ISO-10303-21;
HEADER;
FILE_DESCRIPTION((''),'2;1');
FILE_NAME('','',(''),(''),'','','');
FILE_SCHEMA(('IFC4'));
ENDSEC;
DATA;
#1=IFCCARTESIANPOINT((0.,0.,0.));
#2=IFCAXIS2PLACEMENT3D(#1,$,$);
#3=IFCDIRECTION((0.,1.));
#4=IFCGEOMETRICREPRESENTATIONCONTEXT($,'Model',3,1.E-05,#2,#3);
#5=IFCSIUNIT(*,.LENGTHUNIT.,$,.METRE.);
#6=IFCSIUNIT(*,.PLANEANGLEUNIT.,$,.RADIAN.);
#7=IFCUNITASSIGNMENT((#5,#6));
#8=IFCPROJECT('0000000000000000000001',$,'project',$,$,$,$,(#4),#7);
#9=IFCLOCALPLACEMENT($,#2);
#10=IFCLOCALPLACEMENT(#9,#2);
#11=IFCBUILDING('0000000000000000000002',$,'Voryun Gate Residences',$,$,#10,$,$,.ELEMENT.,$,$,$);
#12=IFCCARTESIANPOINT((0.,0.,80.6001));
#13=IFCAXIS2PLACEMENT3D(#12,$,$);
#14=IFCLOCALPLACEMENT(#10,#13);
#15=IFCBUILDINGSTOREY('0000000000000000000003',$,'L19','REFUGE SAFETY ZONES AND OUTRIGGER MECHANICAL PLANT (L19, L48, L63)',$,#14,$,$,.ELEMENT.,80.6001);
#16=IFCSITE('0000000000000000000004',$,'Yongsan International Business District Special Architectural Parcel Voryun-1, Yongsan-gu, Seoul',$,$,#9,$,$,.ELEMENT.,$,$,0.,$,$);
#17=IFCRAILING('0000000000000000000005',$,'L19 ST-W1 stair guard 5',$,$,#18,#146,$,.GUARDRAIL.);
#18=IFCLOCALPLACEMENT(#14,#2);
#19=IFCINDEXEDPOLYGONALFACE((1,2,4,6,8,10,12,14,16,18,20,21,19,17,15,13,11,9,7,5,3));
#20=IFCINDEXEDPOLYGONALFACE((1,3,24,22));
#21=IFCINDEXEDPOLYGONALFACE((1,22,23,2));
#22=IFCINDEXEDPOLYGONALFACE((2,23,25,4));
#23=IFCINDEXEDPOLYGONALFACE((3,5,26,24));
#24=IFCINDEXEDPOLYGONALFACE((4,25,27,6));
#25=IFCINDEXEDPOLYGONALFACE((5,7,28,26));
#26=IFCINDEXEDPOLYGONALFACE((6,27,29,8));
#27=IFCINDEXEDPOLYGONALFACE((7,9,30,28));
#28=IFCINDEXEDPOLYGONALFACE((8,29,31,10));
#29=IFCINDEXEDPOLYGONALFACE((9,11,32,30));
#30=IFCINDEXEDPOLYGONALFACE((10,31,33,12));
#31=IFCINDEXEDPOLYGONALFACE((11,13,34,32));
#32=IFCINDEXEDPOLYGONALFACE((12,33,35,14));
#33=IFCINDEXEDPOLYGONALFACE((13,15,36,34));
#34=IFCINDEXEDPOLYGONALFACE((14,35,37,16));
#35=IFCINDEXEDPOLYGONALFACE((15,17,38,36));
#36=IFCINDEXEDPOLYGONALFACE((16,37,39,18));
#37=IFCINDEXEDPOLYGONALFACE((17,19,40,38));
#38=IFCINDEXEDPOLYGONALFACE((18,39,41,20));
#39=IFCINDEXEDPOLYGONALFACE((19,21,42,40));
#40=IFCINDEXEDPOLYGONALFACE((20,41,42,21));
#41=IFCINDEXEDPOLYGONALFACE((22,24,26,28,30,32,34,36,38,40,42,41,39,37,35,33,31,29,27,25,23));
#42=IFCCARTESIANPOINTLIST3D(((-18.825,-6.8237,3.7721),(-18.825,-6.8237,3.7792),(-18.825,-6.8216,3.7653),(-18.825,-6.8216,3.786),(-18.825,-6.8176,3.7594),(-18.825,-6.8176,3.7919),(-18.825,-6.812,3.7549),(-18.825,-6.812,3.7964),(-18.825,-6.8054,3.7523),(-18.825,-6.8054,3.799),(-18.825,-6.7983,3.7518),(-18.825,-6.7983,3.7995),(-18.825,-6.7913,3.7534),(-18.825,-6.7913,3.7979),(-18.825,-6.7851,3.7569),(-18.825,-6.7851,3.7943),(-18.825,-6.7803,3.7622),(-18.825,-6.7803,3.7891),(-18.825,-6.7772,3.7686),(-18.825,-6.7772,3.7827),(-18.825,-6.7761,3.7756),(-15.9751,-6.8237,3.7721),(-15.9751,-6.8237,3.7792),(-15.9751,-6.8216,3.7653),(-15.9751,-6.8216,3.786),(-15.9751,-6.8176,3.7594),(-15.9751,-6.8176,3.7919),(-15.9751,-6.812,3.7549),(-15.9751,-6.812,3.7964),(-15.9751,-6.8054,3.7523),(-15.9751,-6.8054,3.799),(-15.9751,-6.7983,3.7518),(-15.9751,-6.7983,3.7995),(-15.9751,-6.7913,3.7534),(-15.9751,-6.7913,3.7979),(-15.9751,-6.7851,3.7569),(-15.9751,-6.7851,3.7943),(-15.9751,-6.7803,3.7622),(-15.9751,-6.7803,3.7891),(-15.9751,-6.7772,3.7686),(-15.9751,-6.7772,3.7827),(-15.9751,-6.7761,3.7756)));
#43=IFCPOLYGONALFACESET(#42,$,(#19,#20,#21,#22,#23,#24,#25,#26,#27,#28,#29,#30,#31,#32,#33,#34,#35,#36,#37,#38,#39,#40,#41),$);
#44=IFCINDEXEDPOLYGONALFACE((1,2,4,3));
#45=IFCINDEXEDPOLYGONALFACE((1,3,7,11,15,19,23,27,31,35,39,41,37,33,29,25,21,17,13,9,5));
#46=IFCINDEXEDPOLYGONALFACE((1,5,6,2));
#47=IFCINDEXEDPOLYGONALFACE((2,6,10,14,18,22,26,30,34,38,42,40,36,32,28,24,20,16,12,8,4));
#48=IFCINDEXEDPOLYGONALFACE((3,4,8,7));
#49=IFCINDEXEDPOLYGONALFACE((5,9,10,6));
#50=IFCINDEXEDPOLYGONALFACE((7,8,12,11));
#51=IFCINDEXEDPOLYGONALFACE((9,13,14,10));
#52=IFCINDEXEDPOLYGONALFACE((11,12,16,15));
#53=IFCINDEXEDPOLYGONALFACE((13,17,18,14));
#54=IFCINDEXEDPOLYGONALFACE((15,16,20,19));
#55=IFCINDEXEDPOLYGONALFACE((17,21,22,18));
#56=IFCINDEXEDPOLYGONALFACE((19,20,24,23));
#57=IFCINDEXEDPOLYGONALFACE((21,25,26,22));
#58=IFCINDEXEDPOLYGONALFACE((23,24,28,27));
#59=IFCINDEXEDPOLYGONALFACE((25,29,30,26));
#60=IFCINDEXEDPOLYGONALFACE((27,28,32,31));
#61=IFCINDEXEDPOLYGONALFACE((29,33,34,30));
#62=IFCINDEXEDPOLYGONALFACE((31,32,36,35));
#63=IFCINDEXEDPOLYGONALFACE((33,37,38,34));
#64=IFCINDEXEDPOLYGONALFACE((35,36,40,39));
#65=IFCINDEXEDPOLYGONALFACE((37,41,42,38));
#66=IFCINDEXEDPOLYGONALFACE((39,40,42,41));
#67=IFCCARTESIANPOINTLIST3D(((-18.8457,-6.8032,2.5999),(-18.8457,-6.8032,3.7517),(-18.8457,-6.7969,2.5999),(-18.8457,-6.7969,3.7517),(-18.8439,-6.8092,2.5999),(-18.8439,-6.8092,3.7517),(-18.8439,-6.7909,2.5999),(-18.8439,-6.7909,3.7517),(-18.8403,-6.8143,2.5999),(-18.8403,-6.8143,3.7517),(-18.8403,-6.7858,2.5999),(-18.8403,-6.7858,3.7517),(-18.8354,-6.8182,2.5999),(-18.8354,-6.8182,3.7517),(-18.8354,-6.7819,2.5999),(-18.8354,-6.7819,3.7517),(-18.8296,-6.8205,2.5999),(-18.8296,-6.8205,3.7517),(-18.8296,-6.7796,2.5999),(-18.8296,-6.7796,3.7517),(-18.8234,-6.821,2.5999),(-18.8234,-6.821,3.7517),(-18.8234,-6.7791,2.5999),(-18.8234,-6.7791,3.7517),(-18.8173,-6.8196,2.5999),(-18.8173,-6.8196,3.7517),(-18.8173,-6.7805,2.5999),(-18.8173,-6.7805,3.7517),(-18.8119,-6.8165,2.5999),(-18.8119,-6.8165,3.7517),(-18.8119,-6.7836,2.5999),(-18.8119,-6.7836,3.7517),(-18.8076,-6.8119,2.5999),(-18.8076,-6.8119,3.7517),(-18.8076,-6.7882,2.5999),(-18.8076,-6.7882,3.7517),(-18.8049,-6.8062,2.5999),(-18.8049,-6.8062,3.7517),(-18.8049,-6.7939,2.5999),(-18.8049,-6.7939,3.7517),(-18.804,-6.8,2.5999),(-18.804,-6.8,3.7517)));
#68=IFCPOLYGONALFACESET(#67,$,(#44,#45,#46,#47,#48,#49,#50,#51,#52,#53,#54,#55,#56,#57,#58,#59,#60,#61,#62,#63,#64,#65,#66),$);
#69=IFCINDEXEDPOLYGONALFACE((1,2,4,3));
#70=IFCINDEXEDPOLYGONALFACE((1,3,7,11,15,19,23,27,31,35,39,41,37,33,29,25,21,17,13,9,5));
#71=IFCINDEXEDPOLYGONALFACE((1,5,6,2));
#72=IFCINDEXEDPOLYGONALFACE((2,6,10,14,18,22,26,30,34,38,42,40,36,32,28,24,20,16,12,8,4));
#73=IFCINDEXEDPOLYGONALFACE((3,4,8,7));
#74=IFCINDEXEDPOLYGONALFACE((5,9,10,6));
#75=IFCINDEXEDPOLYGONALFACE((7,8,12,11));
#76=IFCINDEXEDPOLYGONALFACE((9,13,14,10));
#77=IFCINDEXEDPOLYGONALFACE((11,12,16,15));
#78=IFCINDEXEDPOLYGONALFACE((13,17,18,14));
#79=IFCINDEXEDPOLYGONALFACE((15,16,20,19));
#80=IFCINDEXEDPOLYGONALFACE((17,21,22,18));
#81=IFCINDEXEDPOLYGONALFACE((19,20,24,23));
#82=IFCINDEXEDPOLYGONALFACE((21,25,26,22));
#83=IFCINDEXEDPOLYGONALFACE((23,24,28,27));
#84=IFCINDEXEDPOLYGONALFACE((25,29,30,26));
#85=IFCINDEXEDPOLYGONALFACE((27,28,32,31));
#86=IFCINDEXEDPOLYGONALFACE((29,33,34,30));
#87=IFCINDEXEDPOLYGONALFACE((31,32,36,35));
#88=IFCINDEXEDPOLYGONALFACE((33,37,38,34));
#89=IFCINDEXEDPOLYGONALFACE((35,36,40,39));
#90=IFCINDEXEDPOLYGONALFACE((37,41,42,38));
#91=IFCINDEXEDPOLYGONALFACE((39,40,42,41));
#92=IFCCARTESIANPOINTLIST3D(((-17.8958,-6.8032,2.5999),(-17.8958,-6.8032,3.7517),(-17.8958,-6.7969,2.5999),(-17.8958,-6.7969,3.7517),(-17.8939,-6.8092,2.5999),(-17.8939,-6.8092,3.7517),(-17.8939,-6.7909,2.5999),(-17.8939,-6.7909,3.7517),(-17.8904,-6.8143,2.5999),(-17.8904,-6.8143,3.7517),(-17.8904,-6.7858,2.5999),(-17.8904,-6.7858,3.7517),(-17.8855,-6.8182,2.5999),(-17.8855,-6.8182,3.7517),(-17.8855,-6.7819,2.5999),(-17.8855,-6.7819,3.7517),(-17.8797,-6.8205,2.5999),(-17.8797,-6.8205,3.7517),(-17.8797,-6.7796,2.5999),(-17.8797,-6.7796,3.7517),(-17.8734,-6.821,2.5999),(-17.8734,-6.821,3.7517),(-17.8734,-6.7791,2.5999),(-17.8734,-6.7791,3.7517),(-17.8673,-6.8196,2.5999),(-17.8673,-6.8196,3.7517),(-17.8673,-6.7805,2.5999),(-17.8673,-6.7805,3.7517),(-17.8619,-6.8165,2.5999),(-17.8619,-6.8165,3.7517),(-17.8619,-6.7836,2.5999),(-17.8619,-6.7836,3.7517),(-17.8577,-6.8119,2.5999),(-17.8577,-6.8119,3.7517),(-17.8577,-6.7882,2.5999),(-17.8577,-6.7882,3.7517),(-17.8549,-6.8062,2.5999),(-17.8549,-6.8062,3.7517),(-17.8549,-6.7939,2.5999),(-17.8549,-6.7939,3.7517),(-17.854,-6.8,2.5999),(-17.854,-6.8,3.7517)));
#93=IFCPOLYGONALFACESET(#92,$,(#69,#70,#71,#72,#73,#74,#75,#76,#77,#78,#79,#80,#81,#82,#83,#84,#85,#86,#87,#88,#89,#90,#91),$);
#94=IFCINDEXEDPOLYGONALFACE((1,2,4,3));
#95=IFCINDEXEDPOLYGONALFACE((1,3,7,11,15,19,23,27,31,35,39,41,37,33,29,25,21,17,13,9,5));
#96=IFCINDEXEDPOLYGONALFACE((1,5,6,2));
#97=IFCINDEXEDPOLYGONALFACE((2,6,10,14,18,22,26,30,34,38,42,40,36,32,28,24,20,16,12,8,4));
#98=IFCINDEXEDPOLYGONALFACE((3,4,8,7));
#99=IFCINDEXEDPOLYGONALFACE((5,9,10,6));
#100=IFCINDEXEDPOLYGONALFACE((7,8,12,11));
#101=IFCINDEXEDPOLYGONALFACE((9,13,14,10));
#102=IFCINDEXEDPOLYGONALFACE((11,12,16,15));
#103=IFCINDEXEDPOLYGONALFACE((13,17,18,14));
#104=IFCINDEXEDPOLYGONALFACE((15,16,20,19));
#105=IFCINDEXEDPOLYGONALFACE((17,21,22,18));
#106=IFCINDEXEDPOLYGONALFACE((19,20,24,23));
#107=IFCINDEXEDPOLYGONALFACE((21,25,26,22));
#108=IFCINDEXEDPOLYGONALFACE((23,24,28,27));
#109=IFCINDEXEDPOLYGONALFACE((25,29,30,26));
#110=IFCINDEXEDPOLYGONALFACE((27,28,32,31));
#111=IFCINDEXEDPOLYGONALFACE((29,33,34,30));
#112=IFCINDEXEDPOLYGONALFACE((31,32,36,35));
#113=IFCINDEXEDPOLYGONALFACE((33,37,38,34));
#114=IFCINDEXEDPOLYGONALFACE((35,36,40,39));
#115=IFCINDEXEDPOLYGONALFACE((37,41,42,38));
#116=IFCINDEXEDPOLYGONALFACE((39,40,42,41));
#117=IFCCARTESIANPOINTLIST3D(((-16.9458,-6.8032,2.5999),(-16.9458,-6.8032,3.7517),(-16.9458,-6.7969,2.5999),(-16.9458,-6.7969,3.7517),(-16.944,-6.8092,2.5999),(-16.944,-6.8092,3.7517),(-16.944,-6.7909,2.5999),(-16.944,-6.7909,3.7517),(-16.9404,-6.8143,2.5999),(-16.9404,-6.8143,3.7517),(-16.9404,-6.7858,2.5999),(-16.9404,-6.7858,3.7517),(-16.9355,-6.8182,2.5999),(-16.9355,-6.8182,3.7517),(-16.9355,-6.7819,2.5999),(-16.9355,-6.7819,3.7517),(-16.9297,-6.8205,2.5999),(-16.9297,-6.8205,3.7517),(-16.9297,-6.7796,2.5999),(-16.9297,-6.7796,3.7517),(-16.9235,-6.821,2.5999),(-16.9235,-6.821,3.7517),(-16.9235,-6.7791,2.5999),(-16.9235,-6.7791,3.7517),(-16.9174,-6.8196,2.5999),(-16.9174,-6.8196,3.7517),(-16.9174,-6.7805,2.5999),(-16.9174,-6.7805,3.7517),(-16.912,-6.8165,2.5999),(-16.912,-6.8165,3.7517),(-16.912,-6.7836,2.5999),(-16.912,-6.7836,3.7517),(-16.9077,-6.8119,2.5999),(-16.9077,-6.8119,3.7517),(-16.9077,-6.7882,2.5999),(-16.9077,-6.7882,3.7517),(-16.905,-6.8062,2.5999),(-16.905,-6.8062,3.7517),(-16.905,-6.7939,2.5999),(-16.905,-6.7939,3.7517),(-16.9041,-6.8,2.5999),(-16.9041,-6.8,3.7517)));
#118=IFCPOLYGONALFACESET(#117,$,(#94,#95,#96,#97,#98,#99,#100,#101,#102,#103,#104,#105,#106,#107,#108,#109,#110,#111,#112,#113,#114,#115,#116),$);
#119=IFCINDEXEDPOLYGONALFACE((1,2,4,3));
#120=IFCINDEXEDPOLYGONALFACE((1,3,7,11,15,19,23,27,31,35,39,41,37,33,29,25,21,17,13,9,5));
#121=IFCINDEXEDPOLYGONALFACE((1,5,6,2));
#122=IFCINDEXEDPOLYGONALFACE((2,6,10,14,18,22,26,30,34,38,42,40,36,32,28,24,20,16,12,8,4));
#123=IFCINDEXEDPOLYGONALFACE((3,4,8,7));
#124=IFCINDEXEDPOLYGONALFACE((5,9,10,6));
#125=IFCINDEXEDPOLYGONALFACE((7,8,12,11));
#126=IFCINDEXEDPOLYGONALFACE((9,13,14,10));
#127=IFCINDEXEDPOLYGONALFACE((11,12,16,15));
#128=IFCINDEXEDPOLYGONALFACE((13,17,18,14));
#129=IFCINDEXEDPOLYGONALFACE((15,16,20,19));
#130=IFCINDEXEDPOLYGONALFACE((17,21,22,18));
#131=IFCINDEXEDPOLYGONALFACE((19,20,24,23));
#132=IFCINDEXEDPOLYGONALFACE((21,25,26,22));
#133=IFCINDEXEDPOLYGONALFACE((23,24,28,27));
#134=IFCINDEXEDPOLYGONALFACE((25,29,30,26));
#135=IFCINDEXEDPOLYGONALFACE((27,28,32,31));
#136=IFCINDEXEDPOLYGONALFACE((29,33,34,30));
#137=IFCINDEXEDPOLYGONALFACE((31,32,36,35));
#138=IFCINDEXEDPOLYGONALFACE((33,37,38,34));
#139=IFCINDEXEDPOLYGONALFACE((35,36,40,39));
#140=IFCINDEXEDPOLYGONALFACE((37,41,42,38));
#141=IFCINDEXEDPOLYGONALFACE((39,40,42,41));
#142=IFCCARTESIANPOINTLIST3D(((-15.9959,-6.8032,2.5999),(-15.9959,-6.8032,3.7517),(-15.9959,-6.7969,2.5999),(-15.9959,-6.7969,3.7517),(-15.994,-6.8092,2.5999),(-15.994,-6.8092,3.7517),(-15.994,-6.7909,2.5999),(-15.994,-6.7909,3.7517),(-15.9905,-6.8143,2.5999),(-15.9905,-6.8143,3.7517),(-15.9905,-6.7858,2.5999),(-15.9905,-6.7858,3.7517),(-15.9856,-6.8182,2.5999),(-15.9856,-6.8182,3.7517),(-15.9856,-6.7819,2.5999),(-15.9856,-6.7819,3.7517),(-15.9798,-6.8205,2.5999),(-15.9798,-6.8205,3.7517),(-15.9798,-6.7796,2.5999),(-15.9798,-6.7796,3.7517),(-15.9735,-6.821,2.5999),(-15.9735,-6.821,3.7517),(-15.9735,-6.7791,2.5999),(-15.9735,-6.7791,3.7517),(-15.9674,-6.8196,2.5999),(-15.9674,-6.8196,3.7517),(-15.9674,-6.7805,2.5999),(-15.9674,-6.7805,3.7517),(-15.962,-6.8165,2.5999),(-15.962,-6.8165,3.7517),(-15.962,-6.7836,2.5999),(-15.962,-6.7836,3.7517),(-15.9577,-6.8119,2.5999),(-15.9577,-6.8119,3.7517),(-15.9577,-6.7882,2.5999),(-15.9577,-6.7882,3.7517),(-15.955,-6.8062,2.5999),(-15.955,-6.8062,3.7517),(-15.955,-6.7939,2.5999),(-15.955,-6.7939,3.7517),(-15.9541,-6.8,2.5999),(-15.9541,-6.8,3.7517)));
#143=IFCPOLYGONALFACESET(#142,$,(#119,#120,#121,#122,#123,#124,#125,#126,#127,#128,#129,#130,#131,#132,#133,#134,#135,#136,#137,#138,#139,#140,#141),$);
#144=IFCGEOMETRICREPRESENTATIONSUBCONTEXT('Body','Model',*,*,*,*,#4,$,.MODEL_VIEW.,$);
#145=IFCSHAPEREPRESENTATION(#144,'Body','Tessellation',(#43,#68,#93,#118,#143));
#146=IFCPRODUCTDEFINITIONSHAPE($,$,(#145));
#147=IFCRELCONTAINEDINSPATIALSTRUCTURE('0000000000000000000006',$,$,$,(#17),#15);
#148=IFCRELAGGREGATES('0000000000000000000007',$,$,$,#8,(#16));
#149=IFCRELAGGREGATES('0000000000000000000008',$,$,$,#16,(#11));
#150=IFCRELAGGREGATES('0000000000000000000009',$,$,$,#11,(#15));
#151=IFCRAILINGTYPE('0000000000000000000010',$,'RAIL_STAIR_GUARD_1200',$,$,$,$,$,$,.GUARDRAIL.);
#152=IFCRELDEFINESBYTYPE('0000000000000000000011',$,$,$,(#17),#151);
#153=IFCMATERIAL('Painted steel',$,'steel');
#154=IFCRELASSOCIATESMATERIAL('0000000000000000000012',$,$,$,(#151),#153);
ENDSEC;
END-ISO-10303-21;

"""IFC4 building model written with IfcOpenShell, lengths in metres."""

from ifc_helpers import new_model, si_unit, direction, frame, origin, origin_2d, place, context, subcontext, project, spatial, circle, extrude, material, type_object, element, save


model = new_model("IFC4")

# Units and contexts
model_context = context("Model", 3, precision=1e-05, world=origin(), true_north=direction((0.0, 1.0)))
body_context = subcontext(model_context, "Body", "Model", "MODEL_VIEW")
ifc_project = project(units=[si_unit("LENGTHUNIT", "METRE"), si_unit("PLANEANGLEUNIT", "RADIAN")], contexts=[model_context])

# Site, building, storey
site_placement = place(None, origin())
site = spatial("IfcSite", under=ifc_project, at=site_placement, Name="Yongsan International Business District Special Architectural Parcel Voryun-1, Yongsan-gu, Seoul", CompositionType="ELEMENT", RefElevation=0.0)
building_placement = place(site_placement, origin())
building = spatial("IfcBuilding", under=site, at=building_placement, Name="Voryun Gate Residences", CompositionType="ELEMENT")
storey_placement = place(building_placement, frame((0.0, 0.0, 80.6001)))
storey = spatial("IfcBuildingStorey", under=building, at=storey_placement, Name="L19", Description="REFUGE SAFETY ZONES AND OUTRIGGER MECHANICAL PLANT (L19, L48, L63)", CompositionType="ELEMENT", Elevation=80.6001)

# Railing
ifc_material_1 = material(Name="Painted steel", Category="steel")
railing_type_1 = type_object("IfcRailingType", Name="RAIL_STAIR_GUARD_1200", PredefinedType="GUARDRAIL", material=ifc_material_1)
railing_1_placement = place(storey_placement, frame((-18.825, -6.8, 2.5999)))
element("IfcRailing", 1, at=railing_1_placement, inside=storey, type_object=railing_type_1, Name="L19 ST-W1 stair guard 5", PredefinedType="GUARDRAIL", context=body_context, shape_type="SweptSolid", body=[
    extrude(circle(Radius=0.0239, at=origin_2d()), frame((0.0, 0.0, 1.1758), z_axis=(1.0, 0.0, 0.0), x_axis=(0.0, 1.0, 0.0)), (0.0, 0.0, 1.0), 2.8499),
    extrude(circle(Radius=0.021, at=origin_2d()), origin(), (0.0, 0.0, 1.0), 1.1519),
    extrude(circle(Radius=0.021, at=origin_2d()), frame((0.95, 0.0, 0.0)), (0.0, 0.0, 1.0), 1.1519),
    extrude(circle(Radius=0.021, at=origin_2d()), frame((1.8999, 0.0, 0.0)), (0.0, 0.0, 1.0), 1.1519),
    extrude(circle(Radius=0.021, at=origin_2d()), frame((2.8499, 0.0, 0.0)), (0.0, 0.0, 1.0), 1.1519),
])

save(model, "model.ifc")
